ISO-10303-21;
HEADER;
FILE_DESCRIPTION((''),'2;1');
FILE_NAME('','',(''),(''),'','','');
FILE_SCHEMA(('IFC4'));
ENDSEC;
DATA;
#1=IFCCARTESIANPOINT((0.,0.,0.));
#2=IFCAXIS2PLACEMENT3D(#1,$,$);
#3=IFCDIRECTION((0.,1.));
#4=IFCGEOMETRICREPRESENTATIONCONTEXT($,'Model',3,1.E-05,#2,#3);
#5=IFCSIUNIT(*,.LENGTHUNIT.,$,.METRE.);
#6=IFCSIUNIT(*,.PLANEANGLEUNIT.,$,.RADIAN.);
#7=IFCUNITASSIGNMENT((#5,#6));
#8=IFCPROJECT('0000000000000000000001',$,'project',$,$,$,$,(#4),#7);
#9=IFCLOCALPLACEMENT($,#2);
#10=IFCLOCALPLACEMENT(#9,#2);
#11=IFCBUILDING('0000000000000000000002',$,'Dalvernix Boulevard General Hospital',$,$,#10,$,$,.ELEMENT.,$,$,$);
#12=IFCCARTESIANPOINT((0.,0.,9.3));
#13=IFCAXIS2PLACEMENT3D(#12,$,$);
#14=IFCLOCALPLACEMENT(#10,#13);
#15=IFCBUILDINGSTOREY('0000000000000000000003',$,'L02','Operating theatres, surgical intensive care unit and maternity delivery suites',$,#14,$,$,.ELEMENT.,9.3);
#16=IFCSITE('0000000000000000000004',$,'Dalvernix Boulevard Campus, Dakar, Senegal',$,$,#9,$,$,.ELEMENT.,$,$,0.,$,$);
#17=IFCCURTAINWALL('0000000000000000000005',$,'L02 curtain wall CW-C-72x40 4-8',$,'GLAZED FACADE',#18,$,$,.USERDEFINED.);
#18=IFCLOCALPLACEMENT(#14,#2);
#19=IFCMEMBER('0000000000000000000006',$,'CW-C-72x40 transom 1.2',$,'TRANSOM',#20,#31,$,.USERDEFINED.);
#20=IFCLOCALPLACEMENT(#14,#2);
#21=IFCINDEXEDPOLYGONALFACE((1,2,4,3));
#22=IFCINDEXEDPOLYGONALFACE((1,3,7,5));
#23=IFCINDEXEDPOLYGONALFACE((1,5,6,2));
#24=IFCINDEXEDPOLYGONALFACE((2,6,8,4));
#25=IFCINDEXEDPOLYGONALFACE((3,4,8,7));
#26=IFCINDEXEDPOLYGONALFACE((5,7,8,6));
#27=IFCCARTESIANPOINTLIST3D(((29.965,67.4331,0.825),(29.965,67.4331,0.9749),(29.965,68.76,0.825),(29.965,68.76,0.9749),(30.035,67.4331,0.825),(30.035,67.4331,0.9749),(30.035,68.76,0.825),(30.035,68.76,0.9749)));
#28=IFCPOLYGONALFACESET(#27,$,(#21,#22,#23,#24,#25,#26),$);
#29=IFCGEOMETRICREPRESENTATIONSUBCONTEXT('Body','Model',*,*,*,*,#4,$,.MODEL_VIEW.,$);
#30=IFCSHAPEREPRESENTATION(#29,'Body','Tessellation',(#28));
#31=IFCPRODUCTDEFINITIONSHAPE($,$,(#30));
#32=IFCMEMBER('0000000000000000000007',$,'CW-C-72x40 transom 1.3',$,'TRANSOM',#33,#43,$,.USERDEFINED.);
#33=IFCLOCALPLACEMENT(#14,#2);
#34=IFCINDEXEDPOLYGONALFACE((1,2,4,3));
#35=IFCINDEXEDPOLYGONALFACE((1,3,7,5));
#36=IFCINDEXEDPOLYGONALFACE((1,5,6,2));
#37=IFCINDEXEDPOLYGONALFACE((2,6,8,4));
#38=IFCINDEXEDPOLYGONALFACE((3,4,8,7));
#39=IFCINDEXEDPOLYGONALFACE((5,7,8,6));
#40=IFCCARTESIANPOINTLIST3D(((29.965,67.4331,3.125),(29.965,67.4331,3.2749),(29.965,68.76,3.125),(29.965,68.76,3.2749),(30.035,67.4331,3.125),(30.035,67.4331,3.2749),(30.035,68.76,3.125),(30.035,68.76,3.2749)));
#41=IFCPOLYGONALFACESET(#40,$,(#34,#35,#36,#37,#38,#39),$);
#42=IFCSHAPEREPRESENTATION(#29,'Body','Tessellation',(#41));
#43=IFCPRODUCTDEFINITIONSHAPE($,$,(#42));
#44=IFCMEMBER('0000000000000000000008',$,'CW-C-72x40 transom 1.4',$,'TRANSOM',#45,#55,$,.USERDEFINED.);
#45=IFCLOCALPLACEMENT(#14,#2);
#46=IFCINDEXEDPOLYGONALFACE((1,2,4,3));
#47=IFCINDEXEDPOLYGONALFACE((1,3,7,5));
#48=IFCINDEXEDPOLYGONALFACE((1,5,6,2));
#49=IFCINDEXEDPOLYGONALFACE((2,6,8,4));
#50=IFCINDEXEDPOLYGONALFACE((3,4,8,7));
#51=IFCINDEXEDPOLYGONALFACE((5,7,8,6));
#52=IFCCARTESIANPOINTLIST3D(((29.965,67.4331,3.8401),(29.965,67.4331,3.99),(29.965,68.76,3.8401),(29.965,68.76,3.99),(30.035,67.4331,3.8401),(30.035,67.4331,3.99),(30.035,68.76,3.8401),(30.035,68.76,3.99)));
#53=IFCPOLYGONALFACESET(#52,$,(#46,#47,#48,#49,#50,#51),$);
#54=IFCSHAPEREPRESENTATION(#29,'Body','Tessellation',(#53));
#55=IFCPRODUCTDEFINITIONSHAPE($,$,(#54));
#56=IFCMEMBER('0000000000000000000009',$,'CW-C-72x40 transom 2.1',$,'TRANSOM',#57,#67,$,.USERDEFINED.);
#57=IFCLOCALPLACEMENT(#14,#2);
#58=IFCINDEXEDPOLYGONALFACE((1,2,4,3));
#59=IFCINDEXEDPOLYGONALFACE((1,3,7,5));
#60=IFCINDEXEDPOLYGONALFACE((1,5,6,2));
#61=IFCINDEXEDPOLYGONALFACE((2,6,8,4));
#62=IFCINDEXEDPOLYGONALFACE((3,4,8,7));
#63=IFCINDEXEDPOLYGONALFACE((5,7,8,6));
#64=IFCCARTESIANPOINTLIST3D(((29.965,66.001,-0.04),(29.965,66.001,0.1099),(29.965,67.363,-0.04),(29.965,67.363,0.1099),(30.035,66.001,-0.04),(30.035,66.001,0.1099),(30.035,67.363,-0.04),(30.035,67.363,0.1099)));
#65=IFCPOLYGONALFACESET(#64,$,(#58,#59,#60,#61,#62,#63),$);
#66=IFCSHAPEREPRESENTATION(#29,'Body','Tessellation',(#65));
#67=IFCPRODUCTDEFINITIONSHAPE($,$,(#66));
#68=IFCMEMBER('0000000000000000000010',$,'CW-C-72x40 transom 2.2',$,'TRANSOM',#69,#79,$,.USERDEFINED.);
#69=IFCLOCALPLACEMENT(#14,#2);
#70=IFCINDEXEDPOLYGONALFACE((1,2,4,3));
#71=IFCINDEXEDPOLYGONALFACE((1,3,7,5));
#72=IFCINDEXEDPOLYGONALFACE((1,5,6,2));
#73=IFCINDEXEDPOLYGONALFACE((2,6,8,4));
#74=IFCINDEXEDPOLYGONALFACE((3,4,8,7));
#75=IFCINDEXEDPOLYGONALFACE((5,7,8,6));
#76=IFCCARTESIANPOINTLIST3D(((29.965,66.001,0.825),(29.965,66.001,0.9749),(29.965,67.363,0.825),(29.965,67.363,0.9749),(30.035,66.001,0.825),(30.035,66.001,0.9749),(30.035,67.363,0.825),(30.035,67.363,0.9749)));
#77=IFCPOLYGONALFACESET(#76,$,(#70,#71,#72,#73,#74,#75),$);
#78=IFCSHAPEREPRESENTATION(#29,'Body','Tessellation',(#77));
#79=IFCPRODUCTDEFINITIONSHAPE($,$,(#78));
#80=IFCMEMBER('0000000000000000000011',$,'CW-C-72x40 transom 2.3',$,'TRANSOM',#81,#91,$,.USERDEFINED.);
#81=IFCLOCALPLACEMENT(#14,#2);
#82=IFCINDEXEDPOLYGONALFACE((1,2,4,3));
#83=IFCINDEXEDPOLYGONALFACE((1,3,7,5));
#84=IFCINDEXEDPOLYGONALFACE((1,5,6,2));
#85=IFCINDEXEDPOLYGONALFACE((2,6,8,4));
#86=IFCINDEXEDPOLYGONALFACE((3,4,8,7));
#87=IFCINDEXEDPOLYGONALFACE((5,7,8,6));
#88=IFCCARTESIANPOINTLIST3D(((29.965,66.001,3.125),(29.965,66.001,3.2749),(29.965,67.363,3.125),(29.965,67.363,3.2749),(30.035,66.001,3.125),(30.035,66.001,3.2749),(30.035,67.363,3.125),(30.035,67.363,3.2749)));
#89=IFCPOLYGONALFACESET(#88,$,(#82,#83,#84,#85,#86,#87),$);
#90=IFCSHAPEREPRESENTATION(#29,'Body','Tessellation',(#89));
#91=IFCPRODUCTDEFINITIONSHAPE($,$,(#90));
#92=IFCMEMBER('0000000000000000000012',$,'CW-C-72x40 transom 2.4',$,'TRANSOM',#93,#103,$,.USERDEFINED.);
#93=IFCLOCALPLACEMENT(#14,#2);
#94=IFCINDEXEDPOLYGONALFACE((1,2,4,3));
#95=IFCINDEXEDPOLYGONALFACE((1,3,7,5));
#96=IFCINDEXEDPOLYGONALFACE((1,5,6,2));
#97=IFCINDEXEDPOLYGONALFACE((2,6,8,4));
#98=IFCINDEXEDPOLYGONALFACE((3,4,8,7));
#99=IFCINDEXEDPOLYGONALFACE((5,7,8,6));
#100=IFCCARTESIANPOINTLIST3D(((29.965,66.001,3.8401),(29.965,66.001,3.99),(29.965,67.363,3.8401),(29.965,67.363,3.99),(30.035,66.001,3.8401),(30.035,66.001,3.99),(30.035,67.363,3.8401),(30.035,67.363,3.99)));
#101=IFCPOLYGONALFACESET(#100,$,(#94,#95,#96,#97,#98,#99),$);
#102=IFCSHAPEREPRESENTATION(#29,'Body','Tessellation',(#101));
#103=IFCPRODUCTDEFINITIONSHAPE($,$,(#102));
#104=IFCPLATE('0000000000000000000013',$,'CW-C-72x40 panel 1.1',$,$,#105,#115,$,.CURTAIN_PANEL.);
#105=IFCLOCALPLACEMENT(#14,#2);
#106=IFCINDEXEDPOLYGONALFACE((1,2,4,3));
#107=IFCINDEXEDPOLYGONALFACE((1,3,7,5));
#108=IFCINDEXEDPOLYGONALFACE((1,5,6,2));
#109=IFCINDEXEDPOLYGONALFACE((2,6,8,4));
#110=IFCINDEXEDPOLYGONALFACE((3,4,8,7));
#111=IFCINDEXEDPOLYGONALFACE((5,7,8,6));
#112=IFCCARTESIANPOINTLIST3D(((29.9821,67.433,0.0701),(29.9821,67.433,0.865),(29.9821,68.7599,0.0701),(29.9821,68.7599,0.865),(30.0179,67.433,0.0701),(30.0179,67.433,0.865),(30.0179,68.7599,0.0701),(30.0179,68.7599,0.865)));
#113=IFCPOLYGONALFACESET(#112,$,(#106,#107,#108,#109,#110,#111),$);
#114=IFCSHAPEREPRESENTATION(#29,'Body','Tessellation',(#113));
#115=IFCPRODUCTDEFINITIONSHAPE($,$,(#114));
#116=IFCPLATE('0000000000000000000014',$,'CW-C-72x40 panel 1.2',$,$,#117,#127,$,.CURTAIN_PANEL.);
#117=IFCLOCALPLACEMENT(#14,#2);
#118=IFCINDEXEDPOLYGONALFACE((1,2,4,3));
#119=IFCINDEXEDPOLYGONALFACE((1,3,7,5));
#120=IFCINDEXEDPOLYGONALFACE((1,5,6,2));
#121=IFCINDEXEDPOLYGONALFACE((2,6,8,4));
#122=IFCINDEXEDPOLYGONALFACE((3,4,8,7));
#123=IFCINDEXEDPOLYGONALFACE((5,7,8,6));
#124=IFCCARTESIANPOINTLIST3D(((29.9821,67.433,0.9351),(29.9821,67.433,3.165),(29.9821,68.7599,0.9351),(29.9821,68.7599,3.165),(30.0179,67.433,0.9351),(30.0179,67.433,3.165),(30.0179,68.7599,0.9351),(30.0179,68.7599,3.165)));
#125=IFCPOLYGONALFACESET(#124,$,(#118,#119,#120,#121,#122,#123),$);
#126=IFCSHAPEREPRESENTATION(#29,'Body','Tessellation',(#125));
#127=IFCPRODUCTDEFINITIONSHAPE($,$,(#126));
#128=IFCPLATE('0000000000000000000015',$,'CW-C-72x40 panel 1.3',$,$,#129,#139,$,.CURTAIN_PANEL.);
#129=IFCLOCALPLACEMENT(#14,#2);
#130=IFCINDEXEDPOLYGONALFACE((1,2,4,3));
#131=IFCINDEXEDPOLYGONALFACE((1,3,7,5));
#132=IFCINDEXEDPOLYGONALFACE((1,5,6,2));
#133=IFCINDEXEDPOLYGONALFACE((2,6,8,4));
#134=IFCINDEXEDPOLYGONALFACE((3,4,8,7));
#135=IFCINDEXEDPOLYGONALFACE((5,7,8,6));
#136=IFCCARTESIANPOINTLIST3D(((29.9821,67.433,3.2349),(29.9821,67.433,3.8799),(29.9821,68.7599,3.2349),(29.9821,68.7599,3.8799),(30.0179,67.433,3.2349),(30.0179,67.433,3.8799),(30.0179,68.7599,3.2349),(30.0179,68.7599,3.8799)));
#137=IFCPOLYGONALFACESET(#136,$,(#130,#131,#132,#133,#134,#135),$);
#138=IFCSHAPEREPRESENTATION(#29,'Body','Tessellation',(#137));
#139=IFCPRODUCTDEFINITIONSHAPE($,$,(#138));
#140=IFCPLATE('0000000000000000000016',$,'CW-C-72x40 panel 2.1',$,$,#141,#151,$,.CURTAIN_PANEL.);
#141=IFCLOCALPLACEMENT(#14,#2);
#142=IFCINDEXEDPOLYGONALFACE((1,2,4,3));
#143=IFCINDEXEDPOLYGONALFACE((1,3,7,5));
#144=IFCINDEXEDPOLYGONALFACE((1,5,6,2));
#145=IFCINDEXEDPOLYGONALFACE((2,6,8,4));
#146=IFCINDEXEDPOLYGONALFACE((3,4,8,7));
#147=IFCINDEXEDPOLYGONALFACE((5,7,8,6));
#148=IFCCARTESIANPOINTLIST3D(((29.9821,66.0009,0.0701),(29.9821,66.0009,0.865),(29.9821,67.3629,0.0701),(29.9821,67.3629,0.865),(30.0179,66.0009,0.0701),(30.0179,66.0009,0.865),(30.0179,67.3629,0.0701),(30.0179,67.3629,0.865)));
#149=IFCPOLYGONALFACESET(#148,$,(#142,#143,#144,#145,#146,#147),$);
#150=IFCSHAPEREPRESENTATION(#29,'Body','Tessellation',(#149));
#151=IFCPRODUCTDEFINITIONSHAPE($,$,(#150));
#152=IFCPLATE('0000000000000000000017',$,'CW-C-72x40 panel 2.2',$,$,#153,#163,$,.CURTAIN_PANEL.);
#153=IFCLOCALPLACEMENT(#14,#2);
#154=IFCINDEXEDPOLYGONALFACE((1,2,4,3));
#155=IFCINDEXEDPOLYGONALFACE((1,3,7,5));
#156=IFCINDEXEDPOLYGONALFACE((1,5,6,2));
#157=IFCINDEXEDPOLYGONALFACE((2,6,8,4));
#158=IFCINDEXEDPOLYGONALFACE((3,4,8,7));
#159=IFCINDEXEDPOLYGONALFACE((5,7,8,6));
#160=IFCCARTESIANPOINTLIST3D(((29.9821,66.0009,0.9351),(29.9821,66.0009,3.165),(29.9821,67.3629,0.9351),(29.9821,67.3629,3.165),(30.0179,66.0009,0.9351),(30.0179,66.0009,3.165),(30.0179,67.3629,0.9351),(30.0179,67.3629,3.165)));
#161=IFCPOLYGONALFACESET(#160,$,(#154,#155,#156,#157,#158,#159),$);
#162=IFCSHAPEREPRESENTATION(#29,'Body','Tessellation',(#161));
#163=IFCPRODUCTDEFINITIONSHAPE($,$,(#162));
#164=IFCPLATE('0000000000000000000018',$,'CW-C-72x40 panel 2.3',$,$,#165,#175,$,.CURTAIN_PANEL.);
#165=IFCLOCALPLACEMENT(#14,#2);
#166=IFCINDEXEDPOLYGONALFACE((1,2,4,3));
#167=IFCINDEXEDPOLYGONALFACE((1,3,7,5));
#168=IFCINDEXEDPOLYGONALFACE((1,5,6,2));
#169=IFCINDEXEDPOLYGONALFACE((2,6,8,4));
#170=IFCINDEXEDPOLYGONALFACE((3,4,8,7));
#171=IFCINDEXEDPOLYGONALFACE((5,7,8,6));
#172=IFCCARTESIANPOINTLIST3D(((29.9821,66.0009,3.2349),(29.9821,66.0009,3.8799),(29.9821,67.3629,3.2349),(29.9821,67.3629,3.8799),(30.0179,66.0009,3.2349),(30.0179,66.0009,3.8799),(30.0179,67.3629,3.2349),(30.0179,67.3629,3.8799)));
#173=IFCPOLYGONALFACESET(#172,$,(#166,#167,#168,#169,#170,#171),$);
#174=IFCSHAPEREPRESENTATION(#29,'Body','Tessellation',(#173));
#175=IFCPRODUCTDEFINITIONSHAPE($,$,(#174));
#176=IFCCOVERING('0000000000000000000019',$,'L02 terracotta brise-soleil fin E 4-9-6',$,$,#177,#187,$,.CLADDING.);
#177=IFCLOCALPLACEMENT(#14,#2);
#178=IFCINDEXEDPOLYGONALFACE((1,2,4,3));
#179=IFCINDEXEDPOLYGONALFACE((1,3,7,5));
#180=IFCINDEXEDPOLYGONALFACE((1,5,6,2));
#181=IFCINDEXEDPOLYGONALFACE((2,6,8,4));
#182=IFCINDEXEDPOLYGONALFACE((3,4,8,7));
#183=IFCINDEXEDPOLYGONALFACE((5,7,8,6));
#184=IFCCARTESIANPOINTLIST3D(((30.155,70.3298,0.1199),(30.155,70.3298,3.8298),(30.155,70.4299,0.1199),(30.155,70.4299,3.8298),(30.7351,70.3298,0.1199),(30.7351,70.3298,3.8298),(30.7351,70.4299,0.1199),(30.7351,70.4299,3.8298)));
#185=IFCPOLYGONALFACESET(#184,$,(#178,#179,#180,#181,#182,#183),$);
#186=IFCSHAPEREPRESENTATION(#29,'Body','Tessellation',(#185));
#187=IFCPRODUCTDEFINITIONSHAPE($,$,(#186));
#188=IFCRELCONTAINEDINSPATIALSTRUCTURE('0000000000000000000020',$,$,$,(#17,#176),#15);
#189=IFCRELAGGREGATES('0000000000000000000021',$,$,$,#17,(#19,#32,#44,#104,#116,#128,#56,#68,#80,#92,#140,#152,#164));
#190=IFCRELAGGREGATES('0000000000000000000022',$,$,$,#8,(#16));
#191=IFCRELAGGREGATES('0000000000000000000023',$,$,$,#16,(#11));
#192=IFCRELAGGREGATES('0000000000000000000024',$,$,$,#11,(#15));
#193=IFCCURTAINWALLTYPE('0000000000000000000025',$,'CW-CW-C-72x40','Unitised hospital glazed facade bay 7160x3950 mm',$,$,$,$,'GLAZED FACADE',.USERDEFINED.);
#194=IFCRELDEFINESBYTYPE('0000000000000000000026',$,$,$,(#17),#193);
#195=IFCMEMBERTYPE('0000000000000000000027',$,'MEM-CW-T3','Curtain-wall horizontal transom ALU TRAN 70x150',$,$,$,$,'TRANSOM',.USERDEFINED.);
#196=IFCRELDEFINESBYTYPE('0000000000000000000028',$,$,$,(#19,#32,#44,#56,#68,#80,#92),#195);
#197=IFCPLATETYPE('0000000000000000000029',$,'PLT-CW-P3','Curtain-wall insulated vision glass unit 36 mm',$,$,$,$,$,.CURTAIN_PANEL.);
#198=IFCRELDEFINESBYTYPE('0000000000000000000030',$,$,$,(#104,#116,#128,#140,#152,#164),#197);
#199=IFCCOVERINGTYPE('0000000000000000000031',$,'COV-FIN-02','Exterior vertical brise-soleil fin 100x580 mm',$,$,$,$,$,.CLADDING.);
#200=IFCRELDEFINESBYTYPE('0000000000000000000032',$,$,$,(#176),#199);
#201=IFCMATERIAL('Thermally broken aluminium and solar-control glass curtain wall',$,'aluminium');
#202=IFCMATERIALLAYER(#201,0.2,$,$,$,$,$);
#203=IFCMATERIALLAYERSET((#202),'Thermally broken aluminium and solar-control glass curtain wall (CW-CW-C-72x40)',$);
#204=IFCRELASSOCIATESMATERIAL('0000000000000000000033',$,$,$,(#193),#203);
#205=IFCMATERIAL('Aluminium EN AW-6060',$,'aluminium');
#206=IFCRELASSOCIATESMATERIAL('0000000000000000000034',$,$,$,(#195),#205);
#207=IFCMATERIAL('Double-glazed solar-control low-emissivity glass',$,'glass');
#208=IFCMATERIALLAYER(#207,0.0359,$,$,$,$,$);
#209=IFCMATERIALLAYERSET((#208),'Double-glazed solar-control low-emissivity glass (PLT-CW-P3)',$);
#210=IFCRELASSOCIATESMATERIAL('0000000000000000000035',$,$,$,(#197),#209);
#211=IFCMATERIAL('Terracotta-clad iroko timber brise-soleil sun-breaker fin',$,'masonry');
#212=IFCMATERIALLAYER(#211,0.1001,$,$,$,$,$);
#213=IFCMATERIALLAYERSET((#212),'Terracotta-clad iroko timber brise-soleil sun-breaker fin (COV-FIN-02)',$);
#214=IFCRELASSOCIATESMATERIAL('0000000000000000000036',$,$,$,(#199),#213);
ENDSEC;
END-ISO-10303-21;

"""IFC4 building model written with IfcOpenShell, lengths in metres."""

from ifc_helpers import new_model, si_unit, direction, frame, origin, origin_2d, place, context, subcontext, project, spatial, rectangle, extrude, material, layer, layer_set, material_profile, profile_set, type_object, element, aggregate, save


model = new_model("IFC4")

# Units and contexts
model_context = context("Model", 3, precision=1e-05, world=origin(), true_north=direction((0.0, 1.0)))
body_context = subcontext(model_context, "Body", "Model", "MODEL_VIEW")
ifc_project = project(units=[si_unit("LENGTHUNIT", "METRE"), si_unit("PLANEANGLEUNIT", "RADIAN")], contexts=[model_context])

# Site, building, storey
site_placement = place(None, origin())
site = spatial("IfcSite", under=ifc_project, at=site_placement, Name="Dalvernix Boulevard Campus, Dakar, Senegal", CompositionType="ELEMENT", RefElevation=0.0)
building_placement = place(site_placement, origin())
building = spatial("IfcBuilding", under=site, at=building_placement, Name="Dalvernix Boulevard General Hospital", CompositionType="ELEMENT")
storey_placement = place(building_placement, frame((0.0, 0.0, 9.3)))
storey = spatial("IfcBuildingStorey", under=building, at=storey_placement, Name="L02", Description="Operating theatres, surgical intensive care unit and maternity delivery suites", CompositionType="ELEMENT", Elevation=9.3)

# Curtain wall, members, plates
ifc_material_1 = material(Name="Thermally broken aluminium and solar-control glass curtain wall", Category="aluminium")
ifc_layer_1 = layer(ifc_material_1, 0.2)
ifc_layer_set_1 = layer_set([ifc_layer_1], Name="Thermally broken aluminium and solar-control glass curtain wall (CW-CW-C-72x40)")
curtain_wall_type = type_object("IfcCurtainWallType", Name="CW-CW-C-72x40", Description="Unitised hospital glazed facade bay 7160x3950 mm", ElementType="GLAZED FACADE", PredefinedType="USERDEFINED", material=ifc_layer_set_1)
curtain_wall_placement = place(storey_placement, origin())
curtain_wall = element("IfcCurtainWall", 1, at=curtain_wall_placement, inside=storey, type_object=curtain_wall_type, Name="L02 curtain wall CW-C-72x40 4-8", ObjectType="GLAZED FACADE", PredefinedType="USERDEFINED")
ifc_material_2 = material(Name="Aluminium EN AW-6060", Category="aluminium")
ifc_material_profile_1 = material_profile(ifc_material_2, rectangle(XDim=0.0701, YDim=0.1499, at=origin_2d()), Name="ALU TRAN 70x150")
ifc_profile_set_1 = profile_set([ifc_material_profile_1], Name="Aluminium EN AW-6060")
member_type_1 = type_object("IfcMemberType", Name="MEM-CW-T3", Description="Curtain-wall horizontal transom ALU TRAN 70x150", ElementType="TRANSOM", PredefinedType="USERDEFINED", material=ifc_profile_set_1)
member_1_placement = place(storey_placement, frame((30.0, 68.76, 0.8999), z_axis=(0.0, -1.0, 0.0), x_axis=(1.0, 0.0, 0.0)))
member_1 = element("IfcMember", 2, at=member_1_placement, type_object=member_type_1, Name="CW-C-72x40 transom 1.2", ObjectType="TRANSOM", PredefinedType="USERDEFINED", context=body_context, shape_type="SweptSolid", body=[
    extrude(rectangle(XDim=0.0701, YDim=0.1499, at=origin_2d()), origin(), (0.0, 0.0, 1.0), 1.3269),
])
member_2_placement = place(storey_placement, frame((30.0, 68.76, 3.2), z_axis=(0.0, -1.0, 0.0), x_axis=(1.0, 0.0, 0.0)))
member_2 = element("IfcMember", 3, at=member_2_placement, type_object=member_type_1, Name="CW-C-72x40 transom 1.3", ObjectType="TRANSOM", PredefinedType="USERDEFINED", context=body_context, shape_type="SweptSolid", body=[
    extrude(rectangle(XDim=0.0701, YDim=0.1499, at=origin_2d()), origin(), (0.0, 0.0, 1.0), 1.3269),
])
member_3_placement = place(storey_placement, frame((30.0, 68.76, 3.915), z_axis=(0.0, -1.0, 0.0), x_axis=(1.0, 0.0, 0.0)))
member_3 = element("IfcMember", 4, at=member_3_placement, type_object=member_type_1, Name="CW-C-72x40 transom 1.4", ObjectType="TRANSOM", PredefinedType="USERDEFINED", context=body_context, shape_type="SweptSolid", body=[
    extrude(rectangle(XDim=0.0701, YDim=0.1499, at=origin_2d()), origin(), (0.0, 0.0, 1.0), 1.3269),
])
member_4_placement = place(storey_placement, frame((30.0, 67.363, 0.0349), z_axis=(0.0, -1.0, 0.0), x_axis=(1.0, 0.0, 0.0)))
member_4 = element("IfcMember", 5, at=member_4_placement, type_object=member_type_1, Name="CW-C-72x40 transom 2.1", ObjectType="TRANSOM", PredefinedType="USERDEFINED", context=body_context, shape_type="SweptSolid", body=[
    extrude(rectangle(XDim=0.0701, YDim=0.1499, at=origin_2d()), origin(), (0.0, 0.0, 1.0), 1.3621),
])
member_5_placement = place(storey_placement, frame((30.0, 67.363, 0.8999), z_axis=(0.0, -1.0, 0.0), x_axis=(1.0, 0.0, 0.0)))
member_5 = element("IfcMember", 6, at=member_5_placement, type_object=member_type_1, Name="CW-C-72x40 transom 2.2", ObjectType="TRANSOM", PredefinedType="USERDEFINED", context=body_context, shape_type="SweptSolid", body=[
    extrude(rectangle(XDim=0.0701, YDim=0.1499, at=origin_2d()), origin(), (0.0, 0.0, 1.0), 1.3621),
])
member_6_placement = place(storey_placement, frame((30.0, 67.363, 3.2), z_axis=(0.0, -1.0, 0.0), x_axis=(1.0, 0.0, 0.0)))
member_6 = element("IfcMember", 7, at=member_6_placement, type_object=member_type_1, Name="CW-C-72x40 transom 2.3", ObjectType="TRANSOM", PredefinedType="USERDEFINED", context=body_context, shape_type="SweptSolid", body=[
    extrude(rectangle(XDim=0.0701, YDim=0.1499, at=origin_2d()), origin(), (0.0, 0.0, 1.0), 1.3621),
])
member_7_placement = place(storey_placement, frame((30.0, 67.363, 3.915), z_axis=(0.0, -1.0, 0.0), x_axis=(1.0, 0.0, 0.0)))
member_7 = element("IfcMember", 8, at=member_7_placement, type_object=member_type_1, Name="CW-C-72x40 transom 2.4", ObjectType="TRANSOM", PredefinedType="USERDEFINED", context=body_context, shape_type="SweptSolid", body=[
    extrude(rectangle(XDim=0.0701, YDim=0.1499, at=origin_2d()), origin(), (0.0, 0.0, 1.0), 1.3621),
])
ifc_material_3 = material(Name="Double-glazed solar-control low-emissivity glass", Category="glass")
ifc_layer_2 = layer(ifc_material_3, 0.0359)
ifc_layer_set_2 = layer_set([ifc_layer_2], Name="Double-glazed solar-control low-emissivity glass (PLT-CW-P3)")
plate_type = type_object("IfcPlateType", Name="PLT-CW-P3", Description="Curtain-wall insulated vision glass unit 36 mm", PredefinedType="CURTAIN_PANEL", material=ifc_layer_set_2)
plate_1_placement = place(storey_placement, frame((30.0, 68.0964, 0.0701), z_axis=(0.0, 0.0, 1.0), x_axis=(0.0, -1.0, 0.0)))
plate_1 = element("IfcPlate", 9, at=plate_1_placement, type_object=plate_type, Name="CW-C-72x40 panel 1.1", PredefinedType="CURTAIN_PANEL", context=body_context, shape_type="SweptSolid", body=[
    extrude(rectangle(XDim=1.3269, YDim=0.0359, at=origin_2d()), origin(), (0.0, 0.0, 1.0), 0.7949),
])
plate_2_placement = place(storey_placement, frame((30.0, 68.0964, 0.9351), z_axis=(0.0, 0.0, 1.0), x_axis=(0.0, -1.0, 0.0)))
plate_2 = element("IfcPlate", 10, at=plate_2_placement, type_object=plate_type, Name="CW-C-72x40 panel 1.2", PredefinedType="CURTAIN_PANEL", context=body_context, shape_type="SweptSolid", body=[
    extrude(rectangle(XDim=1.3269, YDim=0.0359, at=origin_2d()), origin(), (0.0, 0.0, 1.0), 2.23),
])
plate_3_placement = place(storey_placement, frame((30.0, 68.0964, 3.2349), z_axis=(0.0, 0.0, 1.0), x_axis=(0.0, -1.0, 0.0)))
plate_3 = element("IfcPlate", 11, at=plate_3_placement, type_object=plate_type, Name="CW-C-72x40 panel 1.3", PredefinedType="CURTAIN_PANEL", context=body_context, shape_type="SweptSolid", body=[
    extrude(rectangle(XDim=1.3269, YDim=0.0359, at=origin_2d()), origin(), (0.0, 0.0, 1.0), 0.645),
])
plate_4_placement = place(storey_placement, frame((30.0, 66.6819, 0.0701), z_axis=(0.0, 0.0, 1.0), x_axis=(0.0, -1.0, 0.0)))
plate_4 = element("IfcPlate", 12, at=plate_4_placement, type_object=plate_type, Name="CW-C-72x40 panel 2.1", PredefinedType="CURTAIN_PANEL", context=body_context, shape_type="SweptSolid", body=[
    extrude(rectangle(XDim=1.3621, YDim=0.0359, at=origin_2d()), origin(), (0.0, 0.0, 1.0), 0.7949),
])
plate_5_placement = place(storey_placement, frame((30.0, 66.6819, 0.9351), z_axis=(0.0, 0.0, 1.0), x_axis=(0.0, -1.0, 0.0)))
plate_5 = element("IfcPlate", 13, at=plate_5_placement, type_object=plate_type, Name="CW-C-72x40 panel 2.2", PredefinedType="CURTAIN_PANEL", context=body_context, shape_type="SweptSolid", body=[
    extrude(rectangle(XDim=1.3621, YDim=0.0359, at=origin_2d()), origin(), (0.0, 0.0, 1.0), 2.23),
])
plate_6_placement = place(storey_placement, frame((30.0, 66.6819, 3.2349), z_axis=(0.0, 0.0, 1.0), x_axis=(0.0, -1.0, 0.0)))
plate_6 = element("IfcPlate", 14, at=plate_6_placement, type_object=plate_type, Name="CW-C-72x40 panel 2.3", PredefinedType="CURTAIN_PANEL", context=body_context, shape_type="SweptSolid", body=[
    extrude(rectangle(XDim=1.3621, YDim=0.0359, at=origin_2d()), origin(), (0.0, 0.0, 1.0), 0.645),
])
aggregate(curtain_wall, [member_1, member_2, member_3, plate_1, plate_2, plate_3, member_4, member_5, member_6, member_7, plate_4, plate_5, plate_6])

# Covering
ifc_material_4 = material(Name="Terracotta-clad iroko timber brise-soleil sun-breaker fin", Category="masonry")
ifc_layer_3 = layer(ifc_material_4, 0.1001)
ifc_layer_set_3 = layer_set([ifc_layer_3], Name="Terracotta-clad iroko timber brise-soleil sun-breaker fin (COV-FIN-02)")
covering_type = type_object("IfcCoveringType", Name="COV-FIN-02", Description="Exterior vertical brise-soleil fin 100x580 mm", PredefinedType="CLADDING", material=ifc_layer_set_3)
covering_placement = place(storey_placement, frame((30.4451, 70.3799, 0.1199), z_axis=(0.0, 0.0, 1.0), x_axis=(0.0, -1.0, 0.0)))
element("IfcCovering", 15, at=covering_placement, inside=storey, type_object=covering_type, Name="L02 terracotta brise-soleil fin E 4-9-6", PredefinedType="CLADDING", context=body_context, shape_type="SweptSolid", body=[
    extrude(rectangle(XDim=0.1001, YDim=0.5801, at=origin_2d()), origin(), (0.0, 0.0, 1.0), 3.71),
])

save(model, "model.ifc")
